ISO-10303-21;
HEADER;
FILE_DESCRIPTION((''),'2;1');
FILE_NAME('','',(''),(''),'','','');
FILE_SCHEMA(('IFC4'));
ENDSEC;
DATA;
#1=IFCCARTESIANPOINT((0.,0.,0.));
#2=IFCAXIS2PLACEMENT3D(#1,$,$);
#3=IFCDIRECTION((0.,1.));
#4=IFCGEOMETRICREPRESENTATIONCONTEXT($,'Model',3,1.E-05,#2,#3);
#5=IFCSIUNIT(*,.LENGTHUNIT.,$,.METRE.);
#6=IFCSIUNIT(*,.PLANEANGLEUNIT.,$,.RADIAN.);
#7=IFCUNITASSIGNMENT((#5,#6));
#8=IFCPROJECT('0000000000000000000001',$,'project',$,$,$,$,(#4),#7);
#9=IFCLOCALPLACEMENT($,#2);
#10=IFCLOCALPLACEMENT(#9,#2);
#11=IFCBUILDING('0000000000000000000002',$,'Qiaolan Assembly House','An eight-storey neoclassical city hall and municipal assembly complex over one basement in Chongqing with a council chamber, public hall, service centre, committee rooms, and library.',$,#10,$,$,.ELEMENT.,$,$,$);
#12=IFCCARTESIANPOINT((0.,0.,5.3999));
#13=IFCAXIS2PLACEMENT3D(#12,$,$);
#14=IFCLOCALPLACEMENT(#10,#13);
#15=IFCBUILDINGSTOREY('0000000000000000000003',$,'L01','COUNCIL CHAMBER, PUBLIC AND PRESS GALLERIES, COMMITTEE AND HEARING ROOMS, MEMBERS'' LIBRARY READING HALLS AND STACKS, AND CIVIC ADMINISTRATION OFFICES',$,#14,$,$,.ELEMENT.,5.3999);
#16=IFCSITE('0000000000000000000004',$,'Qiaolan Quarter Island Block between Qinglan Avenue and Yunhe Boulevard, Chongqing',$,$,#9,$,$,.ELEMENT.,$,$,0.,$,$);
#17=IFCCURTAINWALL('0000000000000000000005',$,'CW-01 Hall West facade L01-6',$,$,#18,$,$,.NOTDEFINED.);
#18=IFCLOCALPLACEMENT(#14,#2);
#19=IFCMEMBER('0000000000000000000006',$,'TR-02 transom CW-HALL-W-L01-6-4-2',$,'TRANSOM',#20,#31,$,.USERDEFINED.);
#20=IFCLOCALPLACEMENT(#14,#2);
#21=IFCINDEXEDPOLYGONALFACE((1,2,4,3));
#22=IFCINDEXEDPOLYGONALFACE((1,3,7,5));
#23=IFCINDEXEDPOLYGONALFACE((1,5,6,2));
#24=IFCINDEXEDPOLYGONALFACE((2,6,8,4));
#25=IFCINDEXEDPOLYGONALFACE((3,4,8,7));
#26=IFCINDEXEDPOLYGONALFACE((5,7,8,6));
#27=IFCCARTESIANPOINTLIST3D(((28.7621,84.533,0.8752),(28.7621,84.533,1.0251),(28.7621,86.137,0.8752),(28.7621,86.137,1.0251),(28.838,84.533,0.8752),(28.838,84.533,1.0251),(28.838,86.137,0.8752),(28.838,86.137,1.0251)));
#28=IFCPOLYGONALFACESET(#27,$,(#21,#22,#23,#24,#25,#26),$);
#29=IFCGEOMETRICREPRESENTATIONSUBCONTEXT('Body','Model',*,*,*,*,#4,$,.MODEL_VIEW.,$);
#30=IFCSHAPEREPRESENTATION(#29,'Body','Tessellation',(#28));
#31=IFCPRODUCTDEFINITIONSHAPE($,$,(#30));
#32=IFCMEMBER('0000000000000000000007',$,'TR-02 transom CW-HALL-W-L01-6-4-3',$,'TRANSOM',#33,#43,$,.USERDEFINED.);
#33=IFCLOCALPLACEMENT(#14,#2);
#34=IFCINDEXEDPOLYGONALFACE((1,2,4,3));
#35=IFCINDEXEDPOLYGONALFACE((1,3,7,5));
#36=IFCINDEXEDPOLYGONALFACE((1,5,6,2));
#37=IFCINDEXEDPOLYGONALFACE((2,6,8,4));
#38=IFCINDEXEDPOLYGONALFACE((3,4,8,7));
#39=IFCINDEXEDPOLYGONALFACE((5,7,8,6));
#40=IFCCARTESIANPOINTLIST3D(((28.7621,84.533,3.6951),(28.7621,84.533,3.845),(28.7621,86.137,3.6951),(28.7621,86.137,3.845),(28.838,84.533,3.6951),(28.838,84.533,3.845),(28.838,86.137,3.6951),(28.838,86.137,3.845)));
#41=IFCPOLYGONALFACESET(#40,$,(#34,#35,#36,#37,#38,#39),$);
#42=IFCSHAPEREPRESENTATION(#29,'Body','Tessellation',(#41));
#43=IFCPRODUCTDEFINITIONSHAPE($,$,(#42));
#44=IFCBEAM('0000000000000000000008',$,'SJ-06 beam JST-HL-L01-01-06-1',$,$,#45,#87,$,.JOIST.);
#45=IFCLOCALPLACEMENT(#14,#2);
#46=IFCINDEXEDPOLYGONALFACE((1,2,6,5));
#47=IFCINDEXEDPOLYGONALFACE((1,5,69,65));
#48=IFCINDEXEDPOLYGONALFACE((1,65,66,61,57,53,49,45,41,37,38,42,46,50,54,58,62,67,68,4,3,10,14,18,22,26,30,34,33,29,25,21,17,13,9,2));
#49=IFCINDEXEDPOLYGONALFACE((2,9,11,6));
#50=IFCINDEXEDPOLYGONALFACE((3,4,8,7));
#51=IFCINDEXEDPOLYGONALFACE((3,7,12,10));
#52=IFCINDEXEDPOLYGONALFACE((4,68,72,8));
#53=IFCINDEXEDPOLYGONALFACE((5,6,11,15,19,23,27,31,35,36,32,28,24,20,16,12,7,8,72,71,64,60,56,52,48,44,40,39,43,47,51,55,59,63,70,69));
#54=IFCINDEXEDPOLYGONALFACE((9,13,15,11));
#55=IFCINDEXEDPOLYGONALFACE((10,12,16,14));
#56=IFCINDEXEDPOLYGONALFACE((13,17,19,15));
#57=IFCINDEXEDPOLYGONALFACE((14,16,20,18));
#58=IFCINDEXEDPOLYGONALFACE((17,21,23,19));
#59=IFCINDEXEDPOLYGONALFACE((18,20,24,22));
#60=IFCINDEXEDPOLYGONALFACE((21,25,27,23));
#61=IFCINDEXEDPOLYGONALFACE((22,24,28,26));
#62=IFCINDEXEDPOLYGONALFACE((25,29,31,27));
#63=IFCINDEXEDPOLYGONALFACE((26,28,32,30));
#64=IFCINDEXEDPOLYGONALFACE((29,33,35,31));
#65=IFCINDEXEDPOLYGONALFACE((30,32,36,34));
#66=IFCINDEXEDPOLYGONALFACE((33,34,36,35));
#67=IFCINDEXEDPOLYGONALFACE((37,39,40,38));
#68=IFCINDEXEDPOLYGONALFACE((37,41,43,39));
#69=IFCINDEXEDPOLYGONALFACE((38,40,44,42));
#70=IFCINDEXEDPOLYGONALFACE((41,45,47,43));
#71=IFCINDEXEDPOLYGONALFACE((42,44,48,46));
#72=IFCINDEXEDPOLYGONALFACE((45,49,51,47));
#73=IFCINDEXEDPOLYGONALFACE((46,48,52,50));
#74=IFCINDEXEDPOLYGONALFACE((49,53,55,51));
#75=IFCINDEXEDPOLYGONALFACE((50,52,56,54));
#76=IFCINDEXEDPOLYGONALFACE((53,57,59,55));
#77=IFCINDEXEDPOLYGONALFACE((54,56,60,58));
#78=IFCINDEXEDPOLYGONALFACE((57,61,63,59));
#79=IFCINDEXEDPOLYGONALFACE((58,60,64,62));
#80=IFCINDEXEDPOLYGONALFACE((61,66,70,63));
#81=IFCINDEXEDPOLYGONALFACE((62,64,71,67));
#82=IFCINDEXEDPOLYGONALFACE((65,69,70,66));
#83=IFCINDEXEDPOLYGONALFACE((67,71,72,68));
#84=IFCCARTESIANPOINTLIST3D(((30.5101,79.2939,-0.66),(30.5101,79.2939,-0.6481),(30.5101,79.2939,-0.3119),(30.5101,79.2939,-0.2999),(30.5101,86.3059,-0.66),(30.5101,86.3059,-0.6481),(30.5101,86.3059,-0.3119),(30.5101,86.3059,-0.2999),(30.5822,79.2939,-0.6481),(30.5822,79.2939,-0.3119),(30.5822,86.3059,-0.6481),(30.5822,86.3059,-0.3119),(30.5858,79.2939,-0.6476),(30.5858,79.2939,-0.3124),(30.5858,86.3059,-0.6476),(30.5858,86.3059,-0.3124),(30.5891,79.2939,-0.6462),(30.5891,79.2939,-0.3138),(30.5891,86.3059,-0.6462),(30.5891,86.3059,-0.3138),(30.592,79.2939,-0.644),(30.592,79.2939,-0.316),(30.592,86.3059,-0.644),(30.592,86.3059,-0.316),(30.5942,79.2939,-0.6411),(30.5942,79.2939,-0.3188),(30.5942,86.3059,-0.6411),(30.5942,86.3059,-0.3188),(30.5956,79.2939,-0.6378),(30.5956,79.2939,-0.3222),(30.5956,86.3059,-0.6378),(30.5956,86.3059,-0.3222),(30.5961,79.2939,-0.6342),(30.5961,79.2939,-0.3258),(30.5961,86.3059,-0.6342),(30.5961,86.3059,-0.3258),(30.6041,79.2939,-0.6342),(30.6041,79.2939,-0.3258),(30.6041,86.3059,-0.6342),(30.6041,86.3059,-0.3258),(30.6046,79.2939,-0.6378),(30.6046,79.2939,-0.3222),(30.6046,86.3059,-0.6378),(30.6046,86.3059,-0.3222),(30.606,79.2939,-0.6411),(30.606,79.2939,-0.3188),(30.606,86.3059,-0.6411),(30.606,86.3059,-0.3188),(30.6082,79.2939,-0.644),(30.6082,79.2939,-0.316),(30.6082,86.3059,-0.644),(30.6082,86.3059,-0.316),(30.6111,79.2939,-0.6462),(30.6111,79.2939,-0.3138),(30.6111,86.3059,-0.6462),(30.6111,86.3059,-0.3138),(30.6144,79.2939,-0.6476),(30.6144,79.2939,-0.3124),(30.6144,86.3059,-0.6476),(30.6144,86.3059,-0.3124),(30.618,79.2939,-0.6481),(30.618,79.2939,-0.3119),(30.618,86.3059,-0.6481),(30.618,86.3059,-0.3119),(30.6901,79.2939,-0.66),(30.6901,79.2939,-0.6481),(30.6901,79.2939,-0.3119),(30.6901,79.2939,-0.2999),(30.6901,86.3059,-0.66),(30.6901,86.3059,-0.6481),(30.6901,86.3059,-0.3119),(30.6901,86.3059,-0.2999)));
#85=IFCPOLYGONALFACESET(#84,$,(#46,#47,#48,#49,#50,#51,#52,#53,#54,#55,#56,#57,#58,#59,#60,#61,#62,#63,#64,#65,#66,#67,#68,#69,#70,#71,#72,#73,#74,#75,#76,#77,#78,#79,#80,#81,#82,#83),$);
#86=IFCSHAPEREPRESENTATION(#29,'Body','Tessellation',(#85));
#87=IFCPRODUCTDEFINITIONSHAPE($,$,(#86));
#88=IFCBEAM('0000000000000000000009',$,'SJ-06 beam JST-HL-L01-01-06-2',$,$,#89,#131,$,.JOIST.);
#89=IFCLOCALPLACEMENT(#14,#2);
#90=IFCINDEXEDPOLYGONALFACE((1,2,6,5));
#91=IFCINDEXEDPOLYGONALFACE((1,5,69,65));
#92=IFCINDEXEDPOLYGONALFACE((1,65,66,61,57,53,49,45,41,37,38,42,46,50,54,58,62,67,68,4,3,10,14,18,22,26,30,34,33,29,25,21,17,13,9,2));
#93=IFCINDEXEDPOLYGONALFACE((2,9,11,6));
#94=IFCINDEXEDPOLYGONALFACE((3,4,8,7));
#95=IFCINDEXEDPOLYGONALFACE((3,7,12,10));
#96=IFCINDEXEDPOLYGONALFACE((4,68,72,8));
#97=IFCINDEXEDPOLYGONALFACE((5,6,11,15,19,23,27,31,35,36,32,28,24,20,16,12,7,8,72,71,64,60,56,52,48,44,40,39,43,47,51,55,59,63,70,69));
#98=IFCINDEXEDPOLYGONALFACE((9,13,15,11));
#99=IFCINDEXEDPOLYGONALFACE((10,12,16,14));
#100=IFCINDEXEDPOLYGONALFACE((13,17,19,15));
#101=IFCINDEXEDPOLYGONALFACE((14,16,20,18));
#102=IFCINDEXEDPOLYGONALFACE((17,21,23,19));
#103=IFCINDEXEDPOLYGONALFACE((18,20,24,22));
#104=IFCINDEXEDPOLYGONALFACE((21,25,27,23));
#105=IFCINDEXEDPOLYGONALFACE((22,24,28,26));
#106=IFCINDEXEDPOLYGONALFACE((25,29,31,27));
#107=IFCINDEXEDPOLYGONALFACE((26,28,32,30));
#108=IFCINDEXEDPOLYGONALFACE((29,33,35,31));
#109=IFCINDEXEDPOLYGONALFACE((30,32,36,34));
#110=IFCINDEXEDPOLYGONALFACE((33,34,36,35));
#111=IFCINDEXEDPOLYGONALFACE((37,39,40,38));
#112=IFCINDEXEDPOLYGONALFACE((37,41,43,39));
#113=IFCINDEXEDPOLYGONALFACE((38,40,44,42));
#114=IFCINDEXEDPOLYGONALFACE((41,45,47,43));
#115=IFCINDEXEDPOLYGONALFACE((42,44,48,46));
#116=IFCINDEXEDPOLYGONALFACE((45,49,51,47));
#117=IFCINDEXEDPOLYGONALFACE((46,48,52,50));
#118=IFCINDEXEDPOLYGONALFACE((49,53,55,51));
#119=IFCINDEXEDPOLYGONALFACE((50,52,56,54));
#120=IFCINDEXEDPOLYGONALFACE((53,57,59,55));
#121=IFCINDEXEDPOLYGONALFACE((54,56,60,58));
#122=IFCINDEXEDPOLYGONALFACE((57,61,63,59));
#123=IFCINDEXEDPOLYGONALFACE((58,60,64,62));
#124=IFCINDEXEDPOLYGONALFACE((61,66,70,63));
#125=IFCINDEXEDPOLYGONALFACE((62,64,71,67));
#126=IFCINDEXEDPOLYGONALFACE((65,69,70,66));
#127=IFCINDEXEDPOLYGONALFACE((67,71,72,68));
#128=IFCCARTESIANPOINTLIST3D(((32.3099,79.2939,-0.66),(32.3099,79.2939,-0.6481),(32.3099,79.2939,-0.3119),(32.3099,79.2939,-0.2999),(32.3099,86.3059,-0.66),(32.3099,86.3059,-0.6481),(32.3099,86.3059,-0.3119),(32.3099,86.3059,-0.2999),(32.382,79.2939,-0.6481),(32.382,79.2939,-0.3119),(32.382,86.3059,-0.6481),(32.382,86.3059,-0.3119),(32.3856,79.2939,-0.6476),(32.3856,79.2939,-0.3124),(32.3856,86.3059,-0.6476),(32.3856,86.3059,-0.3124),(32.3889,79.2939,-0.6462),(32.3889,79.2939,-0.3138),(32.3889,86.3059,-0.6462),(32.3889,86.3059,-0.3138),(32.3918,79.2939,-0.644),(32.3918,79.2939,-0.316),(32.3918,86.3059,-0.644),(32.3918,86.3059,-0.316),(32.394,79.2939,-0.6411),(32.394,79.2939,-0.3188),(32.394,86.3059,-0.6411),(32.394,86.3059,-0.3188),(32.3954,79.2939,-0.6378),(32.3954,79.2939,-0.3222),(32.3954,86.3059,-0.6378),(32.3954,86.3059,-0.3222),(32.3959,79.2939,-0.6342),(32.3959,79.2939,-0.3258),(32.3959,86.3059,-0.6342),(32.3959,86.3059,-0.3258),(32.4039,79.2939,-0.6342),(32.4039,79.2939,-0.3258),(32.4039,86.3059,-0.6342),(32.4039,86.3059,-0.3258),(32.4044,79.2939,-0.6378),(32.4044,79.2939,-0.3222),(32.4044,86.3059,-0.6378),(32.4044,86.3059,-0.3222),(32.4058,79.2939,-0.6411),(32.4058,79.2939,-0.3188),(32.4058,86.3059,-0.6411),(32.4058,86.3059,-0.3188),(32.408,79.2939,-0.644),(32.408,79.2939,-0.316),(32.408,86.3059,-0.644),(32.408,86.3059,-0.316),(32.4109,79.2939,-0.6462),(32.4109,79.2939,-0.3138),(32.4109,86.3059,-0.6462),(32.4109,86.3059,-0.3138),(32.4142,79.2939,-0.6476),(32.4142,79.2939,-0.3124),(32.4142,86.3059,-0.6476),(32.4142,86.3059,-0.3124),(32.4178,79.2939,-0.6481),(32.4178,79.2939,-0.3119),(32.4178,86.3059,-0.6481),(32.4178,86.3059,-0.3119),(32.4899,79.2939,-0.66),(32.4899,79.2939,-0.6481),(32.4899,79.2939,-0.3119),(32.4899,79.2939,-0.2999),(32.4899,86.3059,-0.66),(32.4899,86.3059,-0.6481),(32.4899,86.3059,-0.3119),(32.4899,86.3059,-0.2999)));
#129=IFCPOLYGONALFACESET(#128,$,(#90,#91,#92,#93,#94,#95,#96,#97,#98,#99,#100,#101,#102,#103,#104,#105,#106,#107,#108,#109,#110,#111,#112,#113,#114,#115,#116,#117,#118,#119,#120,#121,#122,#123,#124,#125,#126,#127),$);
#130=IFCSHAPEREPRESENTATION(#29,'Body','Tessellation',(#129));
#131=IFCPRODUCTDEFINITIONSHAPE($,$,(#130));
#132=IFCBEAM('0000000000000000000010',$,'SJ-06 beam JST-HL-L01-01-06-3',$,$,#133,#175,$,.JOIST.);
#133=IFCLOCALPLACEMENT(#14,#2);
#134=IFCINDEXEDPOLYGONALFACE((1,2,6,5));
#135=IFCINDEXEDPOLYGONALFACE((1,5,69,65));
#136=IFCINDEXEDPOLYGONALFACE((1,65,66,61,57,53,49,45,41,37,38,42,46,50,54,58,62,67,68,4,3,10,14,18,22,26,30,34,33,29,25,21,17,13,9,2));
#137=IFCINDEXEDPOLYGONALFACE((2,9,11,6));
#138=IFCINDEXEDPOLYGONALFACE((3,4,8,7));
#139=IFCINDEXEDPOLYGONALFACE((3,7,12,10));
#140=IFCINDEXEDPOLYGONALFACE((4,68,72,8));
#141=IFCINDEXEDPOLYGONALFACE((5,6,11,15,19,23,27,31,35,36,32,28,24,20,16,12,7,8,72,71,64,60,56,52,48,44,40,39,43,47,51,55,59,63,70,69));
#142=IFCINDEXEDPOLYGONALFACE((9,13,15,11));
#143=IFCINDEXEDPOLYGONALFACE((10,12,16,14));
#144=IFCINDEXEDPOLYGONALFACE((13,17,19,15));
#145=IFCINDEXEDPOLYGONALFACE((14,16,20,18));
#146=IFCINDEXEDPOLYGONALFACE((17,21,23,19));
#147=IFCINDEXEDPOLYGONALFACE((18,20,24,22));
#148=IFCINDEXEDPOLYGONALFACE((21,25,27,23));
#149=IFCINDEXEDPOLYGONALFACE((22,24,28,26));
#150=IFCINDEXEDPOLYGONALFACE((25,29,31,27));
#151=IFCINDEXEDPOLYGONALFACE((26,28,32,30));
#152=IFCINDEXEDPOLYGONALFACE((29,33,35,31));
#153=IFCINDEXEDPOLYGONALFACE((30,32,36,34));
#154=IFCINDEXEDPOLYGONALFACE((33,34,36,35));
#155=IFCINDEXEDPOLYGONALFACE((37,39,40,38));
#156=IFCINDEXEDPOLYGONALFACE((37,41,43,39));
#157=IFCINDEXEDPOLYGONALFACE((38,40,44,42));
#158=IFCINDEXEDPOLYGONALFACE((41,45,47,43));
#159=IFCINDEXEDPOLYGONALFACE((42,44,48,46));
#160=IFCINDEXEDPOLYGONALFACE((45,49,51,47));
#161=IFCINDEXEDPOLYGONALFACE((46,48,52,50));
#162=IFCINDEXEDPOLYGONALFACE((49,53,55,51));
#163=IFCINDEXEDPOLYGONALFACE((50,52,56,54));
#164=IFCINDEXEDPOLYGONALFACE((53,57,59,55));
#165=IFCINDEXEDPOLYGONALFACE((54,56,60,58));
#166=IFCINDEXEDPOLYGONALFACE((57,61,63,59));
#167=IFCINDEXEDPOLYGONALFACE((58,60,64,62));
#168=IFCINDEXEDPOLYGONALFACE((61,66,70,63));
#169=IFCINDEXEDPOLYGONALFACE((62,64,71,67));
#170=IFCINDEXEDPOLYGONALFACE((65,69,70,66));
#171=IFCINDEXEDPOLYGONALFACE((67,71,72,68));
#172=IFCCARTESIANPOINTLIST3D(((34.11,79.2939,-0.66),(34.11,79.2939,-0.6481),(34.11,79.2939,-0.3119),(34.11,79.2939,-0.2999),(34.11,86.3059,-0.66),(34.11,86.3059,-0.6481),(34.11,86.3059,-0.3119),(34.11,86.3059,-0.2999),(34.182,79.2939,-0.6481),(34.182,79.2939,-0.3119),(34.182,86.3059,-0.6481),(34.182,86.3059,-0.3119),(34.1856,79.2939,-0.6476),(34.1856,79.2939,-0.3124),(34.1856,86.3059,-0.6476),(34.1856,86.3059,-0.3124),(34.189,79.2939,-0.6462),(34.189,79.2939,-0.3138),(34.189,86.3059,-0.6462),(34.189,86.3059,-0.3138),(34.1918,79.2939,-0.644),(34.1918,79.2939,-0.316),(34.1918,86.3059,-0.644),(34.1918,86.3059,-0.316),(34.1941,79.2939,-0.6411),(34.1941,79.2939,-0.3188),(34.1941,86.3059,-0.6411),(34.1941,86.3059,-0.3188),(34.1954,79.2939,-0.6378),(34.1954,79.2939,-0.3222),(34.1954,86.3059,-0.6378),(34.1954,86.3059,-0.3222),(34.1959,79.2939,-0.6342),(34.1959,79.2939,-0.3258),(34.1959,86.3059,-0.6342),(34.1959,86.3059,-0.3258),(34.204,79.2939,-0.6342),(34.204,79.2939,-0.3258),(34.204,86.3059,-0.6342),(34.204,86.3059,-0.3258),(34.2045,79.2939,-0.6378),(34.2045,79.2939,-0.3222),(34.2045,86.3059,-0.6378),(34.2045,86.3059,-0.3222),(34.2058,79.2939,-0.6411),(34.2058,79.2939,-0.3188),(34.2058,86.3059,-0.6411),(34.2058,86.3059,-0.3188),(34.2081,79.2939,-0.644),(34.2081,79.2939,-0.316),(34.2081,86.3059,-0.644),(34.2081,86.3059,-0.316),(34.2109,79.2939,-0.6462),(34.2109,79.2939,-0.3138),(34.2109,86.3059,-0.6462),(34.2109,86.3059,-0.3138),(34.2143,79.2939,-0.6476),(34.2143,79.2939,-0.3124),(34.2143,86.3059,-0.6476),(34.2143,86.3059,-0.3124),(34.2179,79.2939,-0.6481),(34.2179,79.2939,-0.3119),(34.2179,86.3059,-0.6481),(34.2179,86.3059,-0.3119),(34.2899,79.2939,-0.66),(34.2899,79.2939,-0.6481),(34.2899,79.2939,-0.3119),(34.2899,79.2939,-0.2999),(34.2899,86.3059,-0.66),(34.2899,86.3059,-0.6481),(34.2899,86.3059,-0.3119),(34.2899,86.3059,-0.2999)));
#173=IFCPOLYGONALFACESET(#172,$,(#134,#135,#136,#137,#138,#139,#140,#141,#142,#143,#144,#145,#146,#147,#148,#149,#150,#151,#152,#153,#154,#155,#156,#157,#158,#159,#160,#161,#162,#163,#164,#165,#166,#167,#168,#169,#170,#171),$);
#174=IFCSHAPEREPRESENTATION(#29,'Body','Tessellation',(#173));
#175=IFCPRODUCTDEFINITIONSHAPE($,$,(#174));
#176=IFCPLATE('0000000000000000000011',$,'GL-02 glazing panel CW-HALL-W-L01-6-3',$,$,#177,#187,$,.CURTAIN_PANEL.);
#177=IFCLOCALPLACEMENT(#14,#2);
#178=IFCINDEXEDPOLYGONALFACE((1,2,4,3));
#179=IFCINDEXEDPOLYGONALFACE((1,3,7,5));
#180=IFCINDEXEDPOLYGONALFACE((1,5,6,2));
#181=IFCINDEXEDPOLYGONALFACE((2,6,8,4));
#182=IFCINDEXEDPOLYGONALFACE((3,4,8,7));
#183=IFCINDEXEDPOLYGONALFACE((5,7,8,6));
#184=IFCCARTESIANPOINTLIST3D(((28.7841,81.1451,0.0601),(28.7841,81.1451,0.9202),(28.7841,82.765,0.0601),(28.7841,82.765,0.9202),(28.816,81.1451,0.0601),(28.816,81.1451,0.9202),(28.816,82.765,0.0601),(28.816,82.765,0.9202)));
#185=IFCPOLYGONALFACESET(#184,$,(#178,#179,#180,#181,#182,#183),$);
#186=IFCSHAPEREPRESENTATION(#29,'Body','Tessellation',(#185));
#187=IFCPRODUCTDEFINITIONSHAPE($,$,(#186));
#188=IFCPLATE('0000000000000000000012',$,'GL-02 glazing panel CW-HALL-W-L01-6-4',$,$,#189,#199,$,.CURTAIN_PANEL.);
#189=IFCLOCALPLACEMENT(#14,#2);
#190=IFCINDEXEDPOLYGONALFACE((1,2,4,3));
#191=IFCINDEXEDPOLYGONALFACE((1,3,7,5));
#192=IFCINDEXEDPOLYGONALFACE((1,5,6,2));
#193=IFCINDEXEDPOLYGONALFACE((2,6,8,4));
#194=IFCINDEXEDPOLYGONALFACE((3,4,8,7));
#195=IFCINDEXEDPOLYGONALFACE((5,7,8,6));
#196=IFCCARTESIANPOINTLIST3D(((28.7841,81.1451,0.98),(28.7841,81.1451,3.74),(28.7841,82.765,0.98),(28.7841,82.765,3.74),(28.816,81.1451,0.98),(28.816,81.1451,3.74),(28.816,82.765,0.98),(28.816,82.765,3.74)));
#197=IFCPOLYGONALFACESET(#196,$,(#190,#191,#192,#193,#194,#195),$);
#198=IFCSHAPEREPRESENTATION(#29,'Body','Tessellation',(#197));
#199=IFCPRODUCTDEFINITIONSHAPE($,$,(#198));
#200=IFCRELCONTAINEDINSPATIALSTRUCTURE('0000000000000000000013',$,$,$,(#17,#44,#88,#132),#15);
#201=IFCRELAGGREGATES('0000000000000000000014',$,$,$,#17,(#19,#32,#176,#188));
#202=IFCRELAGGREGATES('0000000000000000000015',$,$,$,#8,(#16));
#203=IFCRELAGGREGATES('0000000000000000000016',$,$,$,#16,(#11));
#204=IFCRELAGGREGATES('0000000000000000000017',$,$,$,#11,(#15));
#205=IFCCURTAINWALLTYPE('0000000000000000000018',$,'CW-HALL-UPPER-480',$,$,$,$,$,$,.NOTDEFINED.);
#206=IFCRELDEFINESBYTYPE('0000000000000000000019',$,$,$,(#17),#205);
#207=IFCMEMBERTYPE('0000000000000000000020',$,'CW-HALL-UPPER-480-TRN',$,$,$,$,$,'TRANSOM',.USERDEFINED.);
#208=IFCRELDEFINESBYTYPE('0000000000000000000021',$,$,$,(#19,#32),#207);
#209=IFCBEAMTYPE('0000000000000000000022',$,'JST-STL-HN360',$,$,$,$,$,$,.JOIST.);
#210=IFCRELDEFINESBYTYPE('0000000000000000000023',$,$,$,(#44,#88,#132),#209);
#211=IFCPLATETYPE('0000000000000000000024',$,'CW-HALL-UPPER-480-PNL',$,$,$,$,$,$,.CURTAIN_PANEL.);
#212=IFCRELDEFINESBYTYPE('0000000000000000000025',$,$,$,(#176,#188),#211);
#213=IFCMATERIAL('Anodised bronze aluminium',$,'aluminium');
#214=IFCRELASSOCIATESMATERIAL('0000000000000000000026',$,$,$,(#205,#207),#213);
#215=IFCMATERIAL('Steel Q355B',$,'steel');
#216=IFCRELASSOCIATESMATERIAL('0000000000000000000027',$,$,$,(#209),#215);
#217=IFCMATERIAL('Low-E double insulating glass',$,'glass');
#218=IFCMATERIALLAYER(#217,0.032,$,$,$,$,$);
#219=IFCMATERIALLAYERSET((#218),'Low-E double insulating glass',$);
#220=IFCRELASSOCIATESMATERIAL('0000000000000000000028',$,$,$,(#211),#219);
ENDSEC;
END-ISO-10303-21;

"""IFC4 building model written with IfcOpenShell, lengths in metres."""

from ifc_helpers import new_model, si_unit, direction, frame, frame_2d, origin, origin_2d, place, context, subcontext, project, spatial, rectangle, i_section, extrude, material, layer, layer_set, material_profile, profile_set, type_object, element, aggregate, save


model = new_model("IFC4")

# Units and contexts
model_context = context("Model", 3, precision=1e-05, world=origin(), true_north=direction((0.0, 1.0)))
body_context = subcontext(model_context, "Body", "Model", "MODEL_VIEW")
ifc_project = project(units=[si_unit("LENGTHUNIT", "METRE"), si_unit("PLANEANGLEUNIT", "RADIAN")], contexts=[model_context])

# Site, building, storey
site_placement = place(None, origin())
site = spatial("IfcSite", under=ifc_project, at=site_placement, Name="Qiaolan Quarter Island Block between Qinglan Avenue and Yunhe Boulevard, Chongqing", CompositionType="ELEMENT", RefElevation=0.0)
building_placement = place(site_placement, origin())
building = spatial("IfcBuilding", under=site, at=building_placement, Name="Qiaolan Assembly House", Description="An eight-storey neoclassical city hall and municipal assembly complex over one basement in Chongqing with a council chamber, public hall, service centre, committee rooms, and library.", CompositionType="ELEMENT")
storey_placement = place(building_placement, frame((0.0, 0.0, 5.3999)))
storey = spatial("IfcBuildingStorey", under=building, at=storey_placement, Name="L01", Description="COUNCIL CHAMBER, PUBLIC AND PRESS GALLERIES, COMMITTEE AND HEARING ROOMS, MEMBERS' LIBRARY READING HALLS AND STACKS, AND CIVIC ADMINISTRATION OFFICES", CompositionType="ELEMENT", Elevation=5.3999)

# Shared definitions
ifc_material_1 = material(Name="Steel Q355B", Category="steel")

# Curtain wall, members
ifc_material_2 = material(Name="Anodised bronze aluminium", Category="aluminium")
curtain_wall_type = type_object("IfcCurtainWallType", Name="CW-HALL-UPPER-480", PredefinedType="NOTDEFINED", material=ifc_material_2)
curtain_wall_placement = place(storey_placement, origin())
curtain_wall = element("IfcCurtainWall", 1, at=curtain_wall_placement, inside=storey, type_object=curtain_wall_type, Name="CW-01 Hall West facade L01-6", PredefinedType="NOTDEFINED")
ifc_material_profile_1 = material_profile(ifc_material_2, rectangle(XDim=0.0759, YDim=0.1499, at=origin_2d()), Name="TRN 76x150")
ifc_profile_set_1 = profile_set([ifc_material_profile_1], Name="Anodised bronze aluminium")
member_type_1 = type_object("IfcMemberType", Name="CW-HALL-UPPER-480-TRN", ElementType="TRANSOM", PredefinedType="USERDEFINED", material=ifc_profile_set_1)
member_1_placement = place(storey_placement, frame((28.8, 84.533, 0.9502), z_axis=(0.0, 1.0, 0.0), x_axis=(-1.0, 0.0, 0.0)))
member_1 = element("IfcMember", 2, at=member_1_placement, type_object=member_type_1, Name="TR-02 transom CW-HALL-W-L01-6-4-2", ObjectType="TRANSOM", PredefinedType="USERDEFINED", context=body_context, shape_type="SweptSolid", body=[
    extrude(rectangle(XDim=0.0759, YDim=0.1499, at=origin_2d()), origin(), (0.0, 0.0, 1.0), 1.604),
])
member_2_placement = place(storey_placement, frame((28.8, 84.533, 3.77), z_axis=(0.0, 1.0, 0.0), x_axis=(-1.0, 0.0, 0.0)))
member_2 = element("IfcMember", 3, at=member_2_placement, type_object=member_type_1, Name="TR-02 transom CW-HALL-W-L01-6-4-3", ObjectType="TRANSOM", PredefinedType="USERDEFINED", context=body_context, shape_type="SweptSolid", body=[
    extrude(rectangle(XDim=0.0759, YDim=0.1499, at=origin_2d()), origin(), (0.0, 0.0, 1.0), 1.604),
])

# Beams
ifc_material_profile_2 = material_profile(ifc_material_1, i_section(OverallWidth=0.1799, OverallDepth=0.3601, WebThickness=0.0081, FlangeThickness=0.012, FilletRadius=0.0139, at=origin_2d()), Name="HN 360x180x8x12")
ifc_profile_set_2 = profile_set([ifc_material_profile_2], Name="Steel Q355B")
beam_type_1 = type_object("IfcBeamType", Name="JST-STL-HN360", PredefinedType="JOIST", material=ifc_profile_set_2)
for number, where, z_axis, x_axis, name in (
    (4, (30.6001, 79.2939, -0.48), (0.0, 1.0, 0.0), (-1.0, 0.0, 0.0), "SJ-06 beam JST-HL-L01-01-06-1"),
    (5, (32.3999, 79.2939, -0.48), (0.0, 1.0, 0.0), (-1.0, 0.0, 0.0), "SJ-06 beam JST-HL-L01-01-06-2"),
    (6, (34.2, 79.2939, -0.48), (0.0, 1.0, 0.0), (-1.0, 0.0, 0.0), "SJ-06 beam JST-HL-L01-01-06-3"),
):
    element("IfcBeam", number, at=place(storey_placement, frame(where, z_axis=z_axis, x_axis=x_axis)), inside=storey, type_object=beam_type_1, Name=name, PredefinedType="JOIST", context=body_context, shape_type="SweptSolid", body=[
        extrude(i_section(OverallWidth=0.1799, OverallDepth=0.3601, WebThickness=0.0081, FlangeThickness=0.012, FilletRadius=0.0139, at=origin_2d()), origin(), (0.0, 0.0, 1.0), 7.012),
    ])

# Plates
ifc_material_3 = material(Name="Low-E double insulating glass", Category="glass")
ifc_layer = layer(ifc_material_3, 0.032)
ifc_layer_set = layer_set([ifc_layer], Name="Low-E double insulating glass")
plate_type = type_object("IfcPlateType", Name="CW-HALL-UPPER-480-PNL", PredefinedType="CURTAIN_PANEL", material=ifc_layer_set)
plate_1_placement = place(storey_placement, frame((28.8, 81.145, 0.0601), z_axis=(0.0, 0.0, 1.0), x_axis=(0.0, 1.0, 0.0)))
plate_1 = element("IfcPlate", 7, at=plate_1_placement, type_object=plate_type, Name="GL-02 glazing panel CW-HALL-W-L01-6-3", PredefinedType="CURTAIN_PANEL", context=body_context, shape_type="SweptSolid", body=[
    extrude(rectangle(XDim=1.6199, YDim=0.032, at=frame_2d((0.8101, 0.0))), origin(), (0.0, 0.0, 1.0), 0.8601),
])
plate_2_placement = place(storey_placement, frame((28.8, 81.145, 0.98), z_axis=(0.0, 0.0, 1.0), x_axis=(0.0, 1.0, 0.0)))
plate_2 = element("IfcPlate", 8, at=plate_2_placement, type_object=plate_type, Name="GL-02 glazing panel CW-HALL-W-L01-6-4", PredefinedType="CURTAIN_PANEL", context=body_context, shape_type="SweptSolid", body=[
    extrude(rectangle(XDim=1.6199, YDim=0.032, at=frame_2d((0.8101, 0.0))), origin(), (0.0, 0.0, 1.0), 2.76),
])
aggregate(curtain_wall, [member_1, member_2, plate_1, plate_2])

save(model, "model.ifc")
